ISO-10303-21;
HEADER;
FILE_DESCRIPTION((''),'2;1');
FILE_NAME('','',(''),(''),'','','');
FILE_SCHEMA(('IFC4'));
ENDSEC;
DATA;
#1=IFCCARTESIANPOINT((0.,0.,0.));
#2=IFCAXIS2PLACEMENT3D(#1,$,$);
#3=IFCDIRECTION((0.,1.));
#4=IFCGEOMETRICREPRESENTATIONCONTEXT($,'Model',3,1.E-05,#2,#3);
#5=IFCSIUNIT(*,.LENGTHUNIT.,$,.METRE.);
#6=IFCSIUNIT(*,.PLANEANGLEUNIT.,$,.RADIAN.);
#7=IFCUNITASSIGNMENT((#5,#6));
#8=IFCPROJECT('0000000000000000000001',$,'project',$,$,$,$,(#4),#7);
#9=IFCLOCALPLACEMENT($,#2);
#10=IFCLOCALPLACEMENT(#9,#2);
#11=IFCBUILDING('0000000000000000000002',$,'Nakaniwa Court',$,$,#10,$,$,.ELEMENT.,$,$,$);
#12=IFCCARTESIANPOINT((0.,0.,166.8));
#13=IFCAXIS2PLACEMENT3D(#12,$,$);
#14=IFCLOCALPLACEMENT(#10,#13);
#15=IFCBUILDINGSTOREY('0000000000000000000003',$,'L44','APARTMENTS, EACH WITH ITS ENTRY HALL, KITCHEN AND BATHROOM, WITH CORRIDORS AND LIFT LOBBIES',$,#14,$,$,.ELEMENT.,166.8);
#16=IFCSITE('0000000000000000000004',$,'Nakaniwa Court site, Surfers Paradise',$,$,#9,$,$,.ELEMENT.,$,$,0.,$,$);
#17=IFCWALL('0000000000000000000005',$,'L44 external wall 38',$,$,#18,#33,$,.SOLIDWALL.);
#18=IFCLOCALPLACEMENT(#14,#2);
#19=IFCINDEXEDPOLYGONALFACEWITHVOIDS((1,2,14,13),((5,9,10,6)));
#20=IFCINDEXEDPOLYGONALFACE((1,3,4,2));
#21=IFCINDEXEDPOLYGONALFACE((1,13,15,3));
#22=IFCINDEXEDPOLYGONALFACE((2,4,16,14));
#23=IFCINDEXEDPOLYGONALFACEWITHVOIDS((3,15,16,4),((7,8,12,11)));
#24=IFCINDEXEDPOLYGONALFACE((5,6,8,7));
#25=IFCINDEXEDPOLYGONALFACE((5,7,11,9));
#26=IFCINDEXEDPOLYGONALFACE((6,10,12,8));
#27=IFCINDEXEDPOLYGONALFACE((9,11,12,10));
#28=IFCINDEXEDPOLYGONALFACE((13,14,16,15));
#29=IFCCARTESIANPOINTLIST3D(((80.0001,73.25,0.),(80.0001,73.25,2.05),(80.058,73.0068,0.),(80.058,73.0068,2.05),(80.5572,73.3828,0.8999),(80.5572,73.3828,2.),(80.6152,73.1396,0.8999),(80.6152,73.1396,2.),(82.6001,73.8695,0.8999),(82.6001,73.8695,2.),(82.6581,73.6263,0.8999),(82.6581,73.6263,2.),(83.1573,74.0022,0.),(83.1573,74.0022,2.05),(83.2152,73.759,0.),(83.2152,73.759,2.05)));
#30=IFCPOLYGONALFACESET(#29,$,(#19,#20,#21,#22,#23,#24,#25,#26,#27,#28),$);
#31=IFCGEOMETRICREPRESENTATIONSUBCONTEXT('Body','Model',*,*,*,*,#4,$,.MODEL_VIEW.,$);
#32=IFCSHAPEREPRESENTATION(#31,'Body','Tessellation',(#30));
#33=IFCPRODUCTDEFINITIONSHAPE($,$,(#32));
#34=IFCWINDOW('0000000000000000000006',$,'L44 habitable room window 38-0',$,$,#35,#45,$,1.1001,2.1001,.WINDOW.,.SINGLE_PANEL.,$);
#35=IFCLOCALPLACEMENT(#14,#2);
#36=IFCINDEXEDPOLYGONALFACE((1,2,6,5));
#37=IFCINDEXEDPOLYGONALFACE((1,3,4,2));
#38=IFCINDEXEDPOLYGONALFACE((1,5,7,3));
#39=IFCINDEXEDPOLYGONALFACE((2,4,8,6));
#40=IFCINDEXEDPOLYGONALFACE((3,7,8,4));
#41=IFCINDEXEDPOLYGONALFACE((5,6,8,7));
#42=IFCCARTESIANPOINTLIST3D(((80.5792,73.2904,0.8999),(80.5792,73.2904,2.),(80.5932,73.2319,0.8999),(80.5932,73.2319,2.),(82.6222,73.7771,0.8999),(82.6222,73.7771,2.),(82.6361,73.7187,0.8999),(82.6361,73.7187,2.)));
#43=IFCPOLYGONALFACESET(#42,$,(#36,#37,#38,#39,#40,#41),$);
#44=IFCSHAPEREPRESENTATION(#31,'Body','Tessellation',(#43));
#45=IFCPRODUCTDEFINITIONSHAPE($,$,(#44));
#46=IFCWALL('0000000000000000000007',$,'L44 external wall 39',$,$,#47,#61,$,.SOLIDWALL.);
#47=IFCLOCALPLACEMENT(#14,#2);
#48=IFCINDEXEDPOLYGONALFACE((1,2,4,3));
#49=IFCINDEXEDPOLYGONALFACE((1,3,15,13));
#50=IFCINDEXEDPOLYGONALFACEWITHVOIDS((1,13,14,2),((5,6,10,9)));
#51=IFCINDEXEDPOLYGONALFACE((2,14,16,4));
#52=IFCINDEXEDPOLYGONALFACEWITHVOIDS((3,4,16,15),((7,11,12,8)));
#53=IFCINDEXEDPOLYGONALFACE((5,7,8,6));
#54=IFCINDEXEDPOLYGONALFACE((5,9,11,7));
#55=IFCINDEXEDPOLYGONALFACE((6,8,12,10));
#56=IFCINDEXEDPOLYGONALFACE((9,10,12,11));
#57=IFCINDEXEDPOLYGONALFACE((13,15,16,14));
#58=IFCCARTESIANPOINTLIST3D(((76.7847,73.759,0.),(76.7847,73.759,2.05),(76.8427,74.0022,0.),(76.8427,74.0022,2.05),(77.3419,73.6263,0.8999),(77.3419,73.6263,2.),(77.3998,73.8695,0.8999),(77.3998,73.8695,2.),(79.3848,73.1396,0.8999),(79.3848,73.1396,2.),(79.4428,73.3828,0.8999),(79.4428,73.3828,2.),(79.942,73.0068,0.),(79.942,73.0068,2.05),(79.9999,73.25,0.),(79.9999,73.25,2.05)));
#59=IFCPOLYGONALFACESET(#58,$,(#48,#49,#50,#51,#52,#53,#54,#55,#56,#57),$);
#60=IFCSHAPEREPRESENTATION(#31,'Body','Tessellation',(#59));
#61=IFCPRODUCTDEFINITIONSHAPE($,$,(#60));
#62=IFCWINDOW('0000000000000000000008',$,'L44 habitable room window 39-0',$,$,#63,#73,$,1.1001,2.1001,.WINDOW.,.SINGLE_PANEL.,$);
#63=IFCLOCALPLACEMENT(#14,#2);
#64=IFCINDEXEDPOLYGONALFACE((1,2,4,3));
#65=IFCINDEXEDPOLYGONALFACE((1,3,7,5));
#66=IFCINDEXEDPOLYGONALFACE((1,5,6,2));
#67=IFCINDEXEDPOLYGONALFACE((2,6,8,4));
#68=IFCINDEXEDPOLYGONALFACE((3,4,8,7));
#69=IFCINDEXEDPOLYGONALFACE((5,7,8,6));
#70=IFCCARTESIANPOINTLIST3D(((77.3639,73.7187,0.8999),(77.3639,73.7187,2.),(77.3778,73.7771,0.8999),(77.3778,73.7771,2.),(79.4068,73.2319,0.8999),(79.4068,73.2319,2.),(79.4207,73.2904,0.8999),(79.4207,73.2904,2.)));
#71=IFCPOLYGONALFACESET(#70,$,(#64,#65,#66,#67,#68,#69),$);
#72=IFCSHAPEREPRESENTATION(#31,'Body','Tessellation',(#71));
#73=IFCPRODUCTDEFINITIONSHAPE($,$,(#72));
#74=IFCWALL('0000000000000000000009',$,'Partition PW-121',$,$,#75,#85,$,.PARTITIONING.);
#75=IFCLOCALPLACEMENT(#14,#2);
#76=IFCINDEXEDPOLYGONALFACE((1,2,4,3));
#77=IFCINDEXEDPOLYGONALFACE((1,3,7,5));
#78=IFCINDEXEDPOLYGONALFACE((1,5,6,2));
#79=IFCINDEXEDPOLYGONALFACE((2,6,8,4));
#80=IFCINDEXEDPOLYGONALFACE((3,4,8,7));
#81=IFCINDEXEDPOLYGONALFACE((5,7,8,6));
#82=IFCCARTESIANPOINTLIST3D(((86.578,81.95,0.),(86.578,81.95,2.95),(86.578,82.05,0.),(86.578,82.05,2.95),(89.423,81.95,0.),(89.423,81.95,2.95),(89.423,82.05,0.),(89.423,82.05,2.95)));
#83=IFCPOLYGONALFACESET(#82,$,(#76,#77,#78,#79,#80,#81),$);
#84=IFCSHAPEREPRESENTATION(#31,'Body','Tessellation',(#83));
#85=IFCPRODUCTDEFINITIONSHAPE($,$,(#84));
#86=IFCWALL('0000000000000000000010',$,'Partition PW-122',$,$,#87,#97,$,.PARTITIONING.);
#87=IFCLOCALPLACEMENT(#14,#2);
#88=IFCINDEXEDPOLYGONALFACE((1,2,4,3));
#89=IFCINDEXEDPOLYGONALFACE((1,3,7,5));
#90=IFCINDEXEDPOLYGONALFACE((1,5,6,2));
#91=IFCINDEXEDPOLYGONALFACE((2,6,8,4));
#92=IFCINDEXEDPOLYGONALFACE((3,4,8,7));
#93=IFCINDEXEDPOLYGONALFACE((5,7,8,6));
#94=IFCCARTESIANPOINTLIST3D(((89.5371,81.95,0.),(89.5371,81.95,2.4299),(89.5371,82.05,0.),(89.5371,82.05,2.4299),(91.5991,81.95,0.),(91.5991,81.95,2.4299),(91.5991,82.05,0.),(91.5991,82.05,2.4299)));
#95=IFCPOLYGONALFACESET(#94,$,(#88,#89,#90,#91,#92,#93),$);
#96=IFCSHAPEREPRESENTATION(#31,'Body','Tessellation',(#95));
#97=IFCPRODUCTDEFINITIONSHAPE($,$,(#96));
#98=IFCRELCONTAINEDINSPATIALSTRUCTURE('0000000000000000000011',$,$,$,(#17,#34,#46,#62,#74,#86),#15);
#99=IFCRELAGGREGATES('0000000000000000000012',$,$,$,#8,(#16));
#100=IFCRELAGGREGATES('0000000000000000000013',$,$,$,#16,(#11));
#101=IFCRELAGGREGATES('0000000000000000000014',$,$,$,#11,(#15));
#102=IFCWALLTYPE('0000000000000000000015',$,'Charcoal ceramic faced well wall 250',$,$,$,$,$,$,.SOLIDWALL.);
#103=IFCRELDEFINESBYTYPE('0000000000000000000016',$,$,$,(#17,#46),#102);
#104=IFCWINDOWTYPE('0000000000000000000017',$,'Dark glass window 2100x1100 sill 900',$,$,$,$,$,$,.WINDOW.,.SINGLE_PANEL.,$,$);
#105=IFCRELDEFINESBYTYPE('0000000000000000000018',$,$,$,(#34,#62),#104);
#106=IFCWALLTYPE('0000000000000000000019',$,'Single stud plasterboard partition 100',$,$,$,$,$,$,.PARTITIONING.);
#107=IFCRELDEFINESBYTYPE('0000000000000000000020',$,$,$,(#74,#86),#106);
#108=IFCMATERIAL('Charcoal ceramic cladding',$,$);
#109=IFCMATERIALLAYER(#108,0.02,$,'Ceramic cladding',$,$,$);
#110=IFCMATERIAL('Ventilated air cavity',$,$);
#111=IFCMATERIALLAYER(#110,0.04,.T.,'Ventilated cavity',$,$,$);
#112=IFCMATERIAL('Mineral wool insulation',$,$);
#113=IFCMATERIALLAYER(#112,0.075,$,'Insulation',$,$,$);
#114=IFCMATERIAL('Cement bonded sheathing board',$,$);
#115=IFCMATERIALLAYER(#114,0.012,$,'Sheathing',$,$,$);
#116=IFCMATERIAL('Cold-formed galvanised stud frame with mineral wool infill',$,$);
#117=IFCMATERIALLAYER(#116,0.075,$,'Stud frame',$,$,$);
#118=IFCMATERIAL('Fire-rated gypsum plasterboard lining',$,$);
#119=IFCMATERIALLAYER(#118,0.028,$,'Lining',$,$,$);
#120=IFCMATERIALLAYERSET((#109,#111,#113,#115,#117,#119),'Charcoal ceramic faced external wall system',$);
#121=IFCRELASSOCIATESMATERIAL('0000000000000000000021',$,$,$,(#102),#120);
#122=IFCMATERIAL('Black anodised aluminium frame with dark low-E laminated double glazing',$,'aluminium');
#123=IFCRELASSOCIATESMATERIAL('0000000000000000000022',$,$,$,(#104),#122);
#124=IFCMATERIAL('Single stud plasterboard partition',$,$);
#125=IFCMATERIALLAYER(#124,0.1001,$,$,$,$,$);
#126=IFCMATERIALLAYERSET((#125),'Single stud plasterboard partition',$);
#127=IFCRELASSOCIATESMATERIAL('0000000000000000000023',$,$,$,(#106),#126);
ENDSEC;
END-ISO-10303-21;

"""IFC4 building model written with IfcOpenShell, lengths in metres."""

from ifc_helpers import new_model, si_unit, direction, frame, frame_2d, origin, place, context, subcontext, project, spatial, rectangle, extrude, material, layer, layer_set, type_object, element, fill, save


model = new_model("IFC4")

# Units and contexts
model_context = context("Model", 3, precision=1e-05, world=origin(), true_north=direction((0.0, 1.0)))
body_context = subcontext(model_context, "Body", "Model", "MODEL_VIEW")
ifc_project = project(units=[si_unit("LENGTHUNIT", "METRE"), si_unit("PLANEANGLEUNIT", "RADIAN")], contexts=[model_context])

# Site, building, storey
site_placement = place(None, origin())
site = spatial("IfcSite", under=ifc_project, at=site_placement, Name="Nakaniwa Court site, Surfers Paradise", CompositionType="ELEMENT", RefElevation=0.0)
building_placement = place(site_placement, origin())
building = spatial("IfcBuilding", under=site, at=building_placement, Name="Nakaniwa Court", CompositionType="ELEMENT")
storey_placement = place(building_placement, frame((0.0, 0.0, 166.8)))
storey = spatial("IfcBuildingStorey", under=building, at=storey_placement, Name="L44", Description="APARTMENTS, EACH WITH ITS ENTRY HALL, KITCHEN AND BATHROOM, WITH CORRIDORS AND LIFT LOBBIES", CompositionType="ELEMENT", Elevation=166.8)

# Walls, openings, windows
ifc_material_1 = material(Name="Charcoal ceramic cladding")
ifc_layer_1 = layer(ifc_material_1, 0.02, Name="Ceramic cladding")
ifc_material_2 = material(Name="Ventilated air cavity")
ifc_layer_2 = layer(ifc_material_2, 0.04, ventilated=True, Name="Ventilated cavity")
ifc_material_3 = material(Name="Mineral wool insulation")
ifc_layer_3 = layer(ifc_material_3, 0.075, Name="Insulation")
ifc_material_4 = material(Name="Cement bonded sheathing board")
ifc_layer_4 = layer(ifc_material_4, 0.012, Name="Sheathing")
ifc_material_5 = material(Name="Cold-formed galvanised stud frame with mineral wool infill")
ifc_layer_5 = layer(ifc_material_5, 0.075, Name="Stud frame")
ifc_material_6 = material(Name="Fire-rated gypsum plasterboard lining")
ifc_layer_6 = layer(ifc_material_6, 0.028, Name="Lining")
ifc_layer_set_1 = layer_set([ifc_layer_1, ifc_layer_2, ifc_layer_3, ifc_layer_4, ifc_layer_5, ifc_layer_6], Name="Charcoal ceramic faced external wall system")
wall_type_1 = type_object("IfcWallType", Name="Charcoal ceramic faced well wall 250", PredefinedType="SOLIDWALL", material=ifc_layer_set_1)
ifc_material_7 = material(Name="Black anodised aluminium frame with dark low-E laminated double glazing", Category="aluminium")
window_type = type_object("IfcWindowType", Name="Dark glass window 2100x1100 sill 900", PartitioningType="SINGLE_PANEL", PredefinedType="WINDOW", material=ifc_material_7)
wall_1_placement = place(storey_placement, frame((83.1863, 73.8806, 0.0), z_axis=(0.0, 0.0, 1.0), x_axis=(-0.972773, -0.23176, 0.0)))
wall_1 = element("IfcWall", 1, at=wall_1_placement, inside=storey, type_object=wall_type_1, Name="L44 external wall 38", PredefinedType="SOLIDWALL", context=body_context, shape_type="SweptSolid", body=[
    extrude(rectangle(XDim=3.2456, YDim=0.25, at=frame_2d((1.6228, 0.0))), origin(), (0.0, 0.0, 1.0), 2.05),
])
opening_1_placement = place(wall_1_placement, frame((0.5728, 0.0, 0.8999)))
opening_1 = element("IfcOpeningElement", 2, at=opening_1_placement, cuts=wall_1, PredefinedType="OPENING", context=body_context, shape_type="SweptSolid", body=[
    extrude(rectangle(XDim=2.1001, YDim=1.1001, at=frame_2d((1.05, 0.55))), frame((0.0, 0.135, 0.0), z_axis=(0.0, -1.0, 0.0), x_axis=(1.0, 0.0, 0.0)), (0.0, 0.0, 1.0), 0.27),
])
window_1_placement = place(opening_1_placement, origin())
window_1 = element("IfcWindow", 3, at=window_1_placement, inside=storey, type_object=window_type, Name="L44 habitable room window 38-0", OverallHeight=1.1001, OverallWidth=2.1001, PartitioningType="SINGLE_PANEL", PredefinedType="WINDOW", context=body_context, shape_type="SweptSolid", body=[
    extrude(rectangle(XDim=2.1001, YDim=1.1001, at=frame_2d((1.05, 0.55))), frame((0.0, 0.03, 0.0), z_axis=(0.0, -1.0, 0.0), x_axis=(1.0, 0.0, 0.0)), (0.0, 0.0, 1.0), 0.0601),
])
fill(opening_1, window_1)
wall_2_placement = place(storey_placement, frame((79.9709, 73.1284, 0.0), z_axis=(0.0, 0.0, 1.0), x_axis=(-0.972773, 0.23176, 0.0)))
wall_2 = element("IfcWall", 4, at=wall_2_placement, inside=storey, type_object=wall_type_1, Name="L44 external wall 39", PredefinedType="SOLIDWALL", context=body_context, shape_type="SweptSolid", body=[
    extrude(rectangle(XDim=3.2456, YDim=0.25, at=frame_2d((1.6228, 0.0))), origin(), (0.0, 0.0, 1.0), 2.05),
])
opening_2_placement = place(wall_2_placement, frame((0.5728, 0.0, 0.8999)))
opening_2 = element("IfcOpeningElement", 5, at=opening_2_placement, cuts=wall_2, PredefinedType="OPENING", context=body_context, shape_type="SweptSolid", body=[
    extrude(rectangle(XDim=2.1001, YDim=1.1001, at=frame_2d((1.05, 0.55))), frame((0.0, 0.135, 0.0), z_axis=(0.0, -1.0, 0.0), x_axis=(1.0, 0.0, 0.0)), (0.0, 0.0, 1.0), 0.27),
])
window_2_placement = place(opening_2_placement, origin())
window_2 = element("IfcWindow", 6, at=window_2_placement, inside=storey, type_object=window_type, Name="L44 habitable room window 39-0", OverallHeight=1.1001, OverallWidth=2.1001, PartitioningType="SINGLE_PANEL", PredefinedType="WINDOW", context=body_context, shape_type="SweptSolid", body=[
    extrude(rectangle(XDim=2.1001, YDim=1.1001, at=frame_2d((1.05, 0.55))), frame((0.0, 0.03, 0.0), z_axis=(0.0, -1.0, 0.0), x_axis=(1.0, 0.0, 0.0)), (0.0, 0.0, 1.0), 0.0601),
])
fill(opening_2, window_2)

# Walls
ifc_material_8 = material(Name="Single stud plasterboard partition")
ifc_layer_7 = layer(ifc_material_8, 0.1001)
ifc_layer_set_2 = layer_set([ifc_layer_7], Name="Single stud plasterboard partition")
wall_type_2 = type_object("IfcWallType", Name="Single stud plasterboard partition 100", PredefinedType="PARTITIONING", material=ifc_layer_set_2)
wall_3_placement = place(storey_placement, frame((86.5781, 82.0, 0.0), z_axis=(0.0, 0.0, 1.0), x_axis=(1.0, 0.0, 0.0)))
element("IfcWall", 7, at=wall_3_placement, inside=storey, type_object=wall_type_2, Name="Partition PW-121", PredefinedType="PARTITIONING", context=body_context, shape_type="SweptSolid", body=[
    extrude(rectangle(XDim=2.845, YDim=0.1001, at=frame_2d((1.4224, 0.0))), origin(), (0.0, 0.0, 1.0), 2.95),
])
wall_4_placement = place(storey_placement, frame((89.5371, 82.0, 0.0), z_axis=(0.0, 0.0, 1.0), x_axis=(1.0, 0.0, 0.0)))
element("IfcWall", 8, at=wall_4_placement, inside=storey, type_object=wall_type_2, Name="Partition PW-122", PredefinedType="PARTITIONING", context=body_context, shape_type="SweptSolid", body=[
    extrude(rectangle(XDim=2.062, YDim=0.1001, at=frame_2d((1.031, 0.0))), origin(), (0.0, 0.0, 1.0), 2.4299),
])

save(model, "model.ifc")
